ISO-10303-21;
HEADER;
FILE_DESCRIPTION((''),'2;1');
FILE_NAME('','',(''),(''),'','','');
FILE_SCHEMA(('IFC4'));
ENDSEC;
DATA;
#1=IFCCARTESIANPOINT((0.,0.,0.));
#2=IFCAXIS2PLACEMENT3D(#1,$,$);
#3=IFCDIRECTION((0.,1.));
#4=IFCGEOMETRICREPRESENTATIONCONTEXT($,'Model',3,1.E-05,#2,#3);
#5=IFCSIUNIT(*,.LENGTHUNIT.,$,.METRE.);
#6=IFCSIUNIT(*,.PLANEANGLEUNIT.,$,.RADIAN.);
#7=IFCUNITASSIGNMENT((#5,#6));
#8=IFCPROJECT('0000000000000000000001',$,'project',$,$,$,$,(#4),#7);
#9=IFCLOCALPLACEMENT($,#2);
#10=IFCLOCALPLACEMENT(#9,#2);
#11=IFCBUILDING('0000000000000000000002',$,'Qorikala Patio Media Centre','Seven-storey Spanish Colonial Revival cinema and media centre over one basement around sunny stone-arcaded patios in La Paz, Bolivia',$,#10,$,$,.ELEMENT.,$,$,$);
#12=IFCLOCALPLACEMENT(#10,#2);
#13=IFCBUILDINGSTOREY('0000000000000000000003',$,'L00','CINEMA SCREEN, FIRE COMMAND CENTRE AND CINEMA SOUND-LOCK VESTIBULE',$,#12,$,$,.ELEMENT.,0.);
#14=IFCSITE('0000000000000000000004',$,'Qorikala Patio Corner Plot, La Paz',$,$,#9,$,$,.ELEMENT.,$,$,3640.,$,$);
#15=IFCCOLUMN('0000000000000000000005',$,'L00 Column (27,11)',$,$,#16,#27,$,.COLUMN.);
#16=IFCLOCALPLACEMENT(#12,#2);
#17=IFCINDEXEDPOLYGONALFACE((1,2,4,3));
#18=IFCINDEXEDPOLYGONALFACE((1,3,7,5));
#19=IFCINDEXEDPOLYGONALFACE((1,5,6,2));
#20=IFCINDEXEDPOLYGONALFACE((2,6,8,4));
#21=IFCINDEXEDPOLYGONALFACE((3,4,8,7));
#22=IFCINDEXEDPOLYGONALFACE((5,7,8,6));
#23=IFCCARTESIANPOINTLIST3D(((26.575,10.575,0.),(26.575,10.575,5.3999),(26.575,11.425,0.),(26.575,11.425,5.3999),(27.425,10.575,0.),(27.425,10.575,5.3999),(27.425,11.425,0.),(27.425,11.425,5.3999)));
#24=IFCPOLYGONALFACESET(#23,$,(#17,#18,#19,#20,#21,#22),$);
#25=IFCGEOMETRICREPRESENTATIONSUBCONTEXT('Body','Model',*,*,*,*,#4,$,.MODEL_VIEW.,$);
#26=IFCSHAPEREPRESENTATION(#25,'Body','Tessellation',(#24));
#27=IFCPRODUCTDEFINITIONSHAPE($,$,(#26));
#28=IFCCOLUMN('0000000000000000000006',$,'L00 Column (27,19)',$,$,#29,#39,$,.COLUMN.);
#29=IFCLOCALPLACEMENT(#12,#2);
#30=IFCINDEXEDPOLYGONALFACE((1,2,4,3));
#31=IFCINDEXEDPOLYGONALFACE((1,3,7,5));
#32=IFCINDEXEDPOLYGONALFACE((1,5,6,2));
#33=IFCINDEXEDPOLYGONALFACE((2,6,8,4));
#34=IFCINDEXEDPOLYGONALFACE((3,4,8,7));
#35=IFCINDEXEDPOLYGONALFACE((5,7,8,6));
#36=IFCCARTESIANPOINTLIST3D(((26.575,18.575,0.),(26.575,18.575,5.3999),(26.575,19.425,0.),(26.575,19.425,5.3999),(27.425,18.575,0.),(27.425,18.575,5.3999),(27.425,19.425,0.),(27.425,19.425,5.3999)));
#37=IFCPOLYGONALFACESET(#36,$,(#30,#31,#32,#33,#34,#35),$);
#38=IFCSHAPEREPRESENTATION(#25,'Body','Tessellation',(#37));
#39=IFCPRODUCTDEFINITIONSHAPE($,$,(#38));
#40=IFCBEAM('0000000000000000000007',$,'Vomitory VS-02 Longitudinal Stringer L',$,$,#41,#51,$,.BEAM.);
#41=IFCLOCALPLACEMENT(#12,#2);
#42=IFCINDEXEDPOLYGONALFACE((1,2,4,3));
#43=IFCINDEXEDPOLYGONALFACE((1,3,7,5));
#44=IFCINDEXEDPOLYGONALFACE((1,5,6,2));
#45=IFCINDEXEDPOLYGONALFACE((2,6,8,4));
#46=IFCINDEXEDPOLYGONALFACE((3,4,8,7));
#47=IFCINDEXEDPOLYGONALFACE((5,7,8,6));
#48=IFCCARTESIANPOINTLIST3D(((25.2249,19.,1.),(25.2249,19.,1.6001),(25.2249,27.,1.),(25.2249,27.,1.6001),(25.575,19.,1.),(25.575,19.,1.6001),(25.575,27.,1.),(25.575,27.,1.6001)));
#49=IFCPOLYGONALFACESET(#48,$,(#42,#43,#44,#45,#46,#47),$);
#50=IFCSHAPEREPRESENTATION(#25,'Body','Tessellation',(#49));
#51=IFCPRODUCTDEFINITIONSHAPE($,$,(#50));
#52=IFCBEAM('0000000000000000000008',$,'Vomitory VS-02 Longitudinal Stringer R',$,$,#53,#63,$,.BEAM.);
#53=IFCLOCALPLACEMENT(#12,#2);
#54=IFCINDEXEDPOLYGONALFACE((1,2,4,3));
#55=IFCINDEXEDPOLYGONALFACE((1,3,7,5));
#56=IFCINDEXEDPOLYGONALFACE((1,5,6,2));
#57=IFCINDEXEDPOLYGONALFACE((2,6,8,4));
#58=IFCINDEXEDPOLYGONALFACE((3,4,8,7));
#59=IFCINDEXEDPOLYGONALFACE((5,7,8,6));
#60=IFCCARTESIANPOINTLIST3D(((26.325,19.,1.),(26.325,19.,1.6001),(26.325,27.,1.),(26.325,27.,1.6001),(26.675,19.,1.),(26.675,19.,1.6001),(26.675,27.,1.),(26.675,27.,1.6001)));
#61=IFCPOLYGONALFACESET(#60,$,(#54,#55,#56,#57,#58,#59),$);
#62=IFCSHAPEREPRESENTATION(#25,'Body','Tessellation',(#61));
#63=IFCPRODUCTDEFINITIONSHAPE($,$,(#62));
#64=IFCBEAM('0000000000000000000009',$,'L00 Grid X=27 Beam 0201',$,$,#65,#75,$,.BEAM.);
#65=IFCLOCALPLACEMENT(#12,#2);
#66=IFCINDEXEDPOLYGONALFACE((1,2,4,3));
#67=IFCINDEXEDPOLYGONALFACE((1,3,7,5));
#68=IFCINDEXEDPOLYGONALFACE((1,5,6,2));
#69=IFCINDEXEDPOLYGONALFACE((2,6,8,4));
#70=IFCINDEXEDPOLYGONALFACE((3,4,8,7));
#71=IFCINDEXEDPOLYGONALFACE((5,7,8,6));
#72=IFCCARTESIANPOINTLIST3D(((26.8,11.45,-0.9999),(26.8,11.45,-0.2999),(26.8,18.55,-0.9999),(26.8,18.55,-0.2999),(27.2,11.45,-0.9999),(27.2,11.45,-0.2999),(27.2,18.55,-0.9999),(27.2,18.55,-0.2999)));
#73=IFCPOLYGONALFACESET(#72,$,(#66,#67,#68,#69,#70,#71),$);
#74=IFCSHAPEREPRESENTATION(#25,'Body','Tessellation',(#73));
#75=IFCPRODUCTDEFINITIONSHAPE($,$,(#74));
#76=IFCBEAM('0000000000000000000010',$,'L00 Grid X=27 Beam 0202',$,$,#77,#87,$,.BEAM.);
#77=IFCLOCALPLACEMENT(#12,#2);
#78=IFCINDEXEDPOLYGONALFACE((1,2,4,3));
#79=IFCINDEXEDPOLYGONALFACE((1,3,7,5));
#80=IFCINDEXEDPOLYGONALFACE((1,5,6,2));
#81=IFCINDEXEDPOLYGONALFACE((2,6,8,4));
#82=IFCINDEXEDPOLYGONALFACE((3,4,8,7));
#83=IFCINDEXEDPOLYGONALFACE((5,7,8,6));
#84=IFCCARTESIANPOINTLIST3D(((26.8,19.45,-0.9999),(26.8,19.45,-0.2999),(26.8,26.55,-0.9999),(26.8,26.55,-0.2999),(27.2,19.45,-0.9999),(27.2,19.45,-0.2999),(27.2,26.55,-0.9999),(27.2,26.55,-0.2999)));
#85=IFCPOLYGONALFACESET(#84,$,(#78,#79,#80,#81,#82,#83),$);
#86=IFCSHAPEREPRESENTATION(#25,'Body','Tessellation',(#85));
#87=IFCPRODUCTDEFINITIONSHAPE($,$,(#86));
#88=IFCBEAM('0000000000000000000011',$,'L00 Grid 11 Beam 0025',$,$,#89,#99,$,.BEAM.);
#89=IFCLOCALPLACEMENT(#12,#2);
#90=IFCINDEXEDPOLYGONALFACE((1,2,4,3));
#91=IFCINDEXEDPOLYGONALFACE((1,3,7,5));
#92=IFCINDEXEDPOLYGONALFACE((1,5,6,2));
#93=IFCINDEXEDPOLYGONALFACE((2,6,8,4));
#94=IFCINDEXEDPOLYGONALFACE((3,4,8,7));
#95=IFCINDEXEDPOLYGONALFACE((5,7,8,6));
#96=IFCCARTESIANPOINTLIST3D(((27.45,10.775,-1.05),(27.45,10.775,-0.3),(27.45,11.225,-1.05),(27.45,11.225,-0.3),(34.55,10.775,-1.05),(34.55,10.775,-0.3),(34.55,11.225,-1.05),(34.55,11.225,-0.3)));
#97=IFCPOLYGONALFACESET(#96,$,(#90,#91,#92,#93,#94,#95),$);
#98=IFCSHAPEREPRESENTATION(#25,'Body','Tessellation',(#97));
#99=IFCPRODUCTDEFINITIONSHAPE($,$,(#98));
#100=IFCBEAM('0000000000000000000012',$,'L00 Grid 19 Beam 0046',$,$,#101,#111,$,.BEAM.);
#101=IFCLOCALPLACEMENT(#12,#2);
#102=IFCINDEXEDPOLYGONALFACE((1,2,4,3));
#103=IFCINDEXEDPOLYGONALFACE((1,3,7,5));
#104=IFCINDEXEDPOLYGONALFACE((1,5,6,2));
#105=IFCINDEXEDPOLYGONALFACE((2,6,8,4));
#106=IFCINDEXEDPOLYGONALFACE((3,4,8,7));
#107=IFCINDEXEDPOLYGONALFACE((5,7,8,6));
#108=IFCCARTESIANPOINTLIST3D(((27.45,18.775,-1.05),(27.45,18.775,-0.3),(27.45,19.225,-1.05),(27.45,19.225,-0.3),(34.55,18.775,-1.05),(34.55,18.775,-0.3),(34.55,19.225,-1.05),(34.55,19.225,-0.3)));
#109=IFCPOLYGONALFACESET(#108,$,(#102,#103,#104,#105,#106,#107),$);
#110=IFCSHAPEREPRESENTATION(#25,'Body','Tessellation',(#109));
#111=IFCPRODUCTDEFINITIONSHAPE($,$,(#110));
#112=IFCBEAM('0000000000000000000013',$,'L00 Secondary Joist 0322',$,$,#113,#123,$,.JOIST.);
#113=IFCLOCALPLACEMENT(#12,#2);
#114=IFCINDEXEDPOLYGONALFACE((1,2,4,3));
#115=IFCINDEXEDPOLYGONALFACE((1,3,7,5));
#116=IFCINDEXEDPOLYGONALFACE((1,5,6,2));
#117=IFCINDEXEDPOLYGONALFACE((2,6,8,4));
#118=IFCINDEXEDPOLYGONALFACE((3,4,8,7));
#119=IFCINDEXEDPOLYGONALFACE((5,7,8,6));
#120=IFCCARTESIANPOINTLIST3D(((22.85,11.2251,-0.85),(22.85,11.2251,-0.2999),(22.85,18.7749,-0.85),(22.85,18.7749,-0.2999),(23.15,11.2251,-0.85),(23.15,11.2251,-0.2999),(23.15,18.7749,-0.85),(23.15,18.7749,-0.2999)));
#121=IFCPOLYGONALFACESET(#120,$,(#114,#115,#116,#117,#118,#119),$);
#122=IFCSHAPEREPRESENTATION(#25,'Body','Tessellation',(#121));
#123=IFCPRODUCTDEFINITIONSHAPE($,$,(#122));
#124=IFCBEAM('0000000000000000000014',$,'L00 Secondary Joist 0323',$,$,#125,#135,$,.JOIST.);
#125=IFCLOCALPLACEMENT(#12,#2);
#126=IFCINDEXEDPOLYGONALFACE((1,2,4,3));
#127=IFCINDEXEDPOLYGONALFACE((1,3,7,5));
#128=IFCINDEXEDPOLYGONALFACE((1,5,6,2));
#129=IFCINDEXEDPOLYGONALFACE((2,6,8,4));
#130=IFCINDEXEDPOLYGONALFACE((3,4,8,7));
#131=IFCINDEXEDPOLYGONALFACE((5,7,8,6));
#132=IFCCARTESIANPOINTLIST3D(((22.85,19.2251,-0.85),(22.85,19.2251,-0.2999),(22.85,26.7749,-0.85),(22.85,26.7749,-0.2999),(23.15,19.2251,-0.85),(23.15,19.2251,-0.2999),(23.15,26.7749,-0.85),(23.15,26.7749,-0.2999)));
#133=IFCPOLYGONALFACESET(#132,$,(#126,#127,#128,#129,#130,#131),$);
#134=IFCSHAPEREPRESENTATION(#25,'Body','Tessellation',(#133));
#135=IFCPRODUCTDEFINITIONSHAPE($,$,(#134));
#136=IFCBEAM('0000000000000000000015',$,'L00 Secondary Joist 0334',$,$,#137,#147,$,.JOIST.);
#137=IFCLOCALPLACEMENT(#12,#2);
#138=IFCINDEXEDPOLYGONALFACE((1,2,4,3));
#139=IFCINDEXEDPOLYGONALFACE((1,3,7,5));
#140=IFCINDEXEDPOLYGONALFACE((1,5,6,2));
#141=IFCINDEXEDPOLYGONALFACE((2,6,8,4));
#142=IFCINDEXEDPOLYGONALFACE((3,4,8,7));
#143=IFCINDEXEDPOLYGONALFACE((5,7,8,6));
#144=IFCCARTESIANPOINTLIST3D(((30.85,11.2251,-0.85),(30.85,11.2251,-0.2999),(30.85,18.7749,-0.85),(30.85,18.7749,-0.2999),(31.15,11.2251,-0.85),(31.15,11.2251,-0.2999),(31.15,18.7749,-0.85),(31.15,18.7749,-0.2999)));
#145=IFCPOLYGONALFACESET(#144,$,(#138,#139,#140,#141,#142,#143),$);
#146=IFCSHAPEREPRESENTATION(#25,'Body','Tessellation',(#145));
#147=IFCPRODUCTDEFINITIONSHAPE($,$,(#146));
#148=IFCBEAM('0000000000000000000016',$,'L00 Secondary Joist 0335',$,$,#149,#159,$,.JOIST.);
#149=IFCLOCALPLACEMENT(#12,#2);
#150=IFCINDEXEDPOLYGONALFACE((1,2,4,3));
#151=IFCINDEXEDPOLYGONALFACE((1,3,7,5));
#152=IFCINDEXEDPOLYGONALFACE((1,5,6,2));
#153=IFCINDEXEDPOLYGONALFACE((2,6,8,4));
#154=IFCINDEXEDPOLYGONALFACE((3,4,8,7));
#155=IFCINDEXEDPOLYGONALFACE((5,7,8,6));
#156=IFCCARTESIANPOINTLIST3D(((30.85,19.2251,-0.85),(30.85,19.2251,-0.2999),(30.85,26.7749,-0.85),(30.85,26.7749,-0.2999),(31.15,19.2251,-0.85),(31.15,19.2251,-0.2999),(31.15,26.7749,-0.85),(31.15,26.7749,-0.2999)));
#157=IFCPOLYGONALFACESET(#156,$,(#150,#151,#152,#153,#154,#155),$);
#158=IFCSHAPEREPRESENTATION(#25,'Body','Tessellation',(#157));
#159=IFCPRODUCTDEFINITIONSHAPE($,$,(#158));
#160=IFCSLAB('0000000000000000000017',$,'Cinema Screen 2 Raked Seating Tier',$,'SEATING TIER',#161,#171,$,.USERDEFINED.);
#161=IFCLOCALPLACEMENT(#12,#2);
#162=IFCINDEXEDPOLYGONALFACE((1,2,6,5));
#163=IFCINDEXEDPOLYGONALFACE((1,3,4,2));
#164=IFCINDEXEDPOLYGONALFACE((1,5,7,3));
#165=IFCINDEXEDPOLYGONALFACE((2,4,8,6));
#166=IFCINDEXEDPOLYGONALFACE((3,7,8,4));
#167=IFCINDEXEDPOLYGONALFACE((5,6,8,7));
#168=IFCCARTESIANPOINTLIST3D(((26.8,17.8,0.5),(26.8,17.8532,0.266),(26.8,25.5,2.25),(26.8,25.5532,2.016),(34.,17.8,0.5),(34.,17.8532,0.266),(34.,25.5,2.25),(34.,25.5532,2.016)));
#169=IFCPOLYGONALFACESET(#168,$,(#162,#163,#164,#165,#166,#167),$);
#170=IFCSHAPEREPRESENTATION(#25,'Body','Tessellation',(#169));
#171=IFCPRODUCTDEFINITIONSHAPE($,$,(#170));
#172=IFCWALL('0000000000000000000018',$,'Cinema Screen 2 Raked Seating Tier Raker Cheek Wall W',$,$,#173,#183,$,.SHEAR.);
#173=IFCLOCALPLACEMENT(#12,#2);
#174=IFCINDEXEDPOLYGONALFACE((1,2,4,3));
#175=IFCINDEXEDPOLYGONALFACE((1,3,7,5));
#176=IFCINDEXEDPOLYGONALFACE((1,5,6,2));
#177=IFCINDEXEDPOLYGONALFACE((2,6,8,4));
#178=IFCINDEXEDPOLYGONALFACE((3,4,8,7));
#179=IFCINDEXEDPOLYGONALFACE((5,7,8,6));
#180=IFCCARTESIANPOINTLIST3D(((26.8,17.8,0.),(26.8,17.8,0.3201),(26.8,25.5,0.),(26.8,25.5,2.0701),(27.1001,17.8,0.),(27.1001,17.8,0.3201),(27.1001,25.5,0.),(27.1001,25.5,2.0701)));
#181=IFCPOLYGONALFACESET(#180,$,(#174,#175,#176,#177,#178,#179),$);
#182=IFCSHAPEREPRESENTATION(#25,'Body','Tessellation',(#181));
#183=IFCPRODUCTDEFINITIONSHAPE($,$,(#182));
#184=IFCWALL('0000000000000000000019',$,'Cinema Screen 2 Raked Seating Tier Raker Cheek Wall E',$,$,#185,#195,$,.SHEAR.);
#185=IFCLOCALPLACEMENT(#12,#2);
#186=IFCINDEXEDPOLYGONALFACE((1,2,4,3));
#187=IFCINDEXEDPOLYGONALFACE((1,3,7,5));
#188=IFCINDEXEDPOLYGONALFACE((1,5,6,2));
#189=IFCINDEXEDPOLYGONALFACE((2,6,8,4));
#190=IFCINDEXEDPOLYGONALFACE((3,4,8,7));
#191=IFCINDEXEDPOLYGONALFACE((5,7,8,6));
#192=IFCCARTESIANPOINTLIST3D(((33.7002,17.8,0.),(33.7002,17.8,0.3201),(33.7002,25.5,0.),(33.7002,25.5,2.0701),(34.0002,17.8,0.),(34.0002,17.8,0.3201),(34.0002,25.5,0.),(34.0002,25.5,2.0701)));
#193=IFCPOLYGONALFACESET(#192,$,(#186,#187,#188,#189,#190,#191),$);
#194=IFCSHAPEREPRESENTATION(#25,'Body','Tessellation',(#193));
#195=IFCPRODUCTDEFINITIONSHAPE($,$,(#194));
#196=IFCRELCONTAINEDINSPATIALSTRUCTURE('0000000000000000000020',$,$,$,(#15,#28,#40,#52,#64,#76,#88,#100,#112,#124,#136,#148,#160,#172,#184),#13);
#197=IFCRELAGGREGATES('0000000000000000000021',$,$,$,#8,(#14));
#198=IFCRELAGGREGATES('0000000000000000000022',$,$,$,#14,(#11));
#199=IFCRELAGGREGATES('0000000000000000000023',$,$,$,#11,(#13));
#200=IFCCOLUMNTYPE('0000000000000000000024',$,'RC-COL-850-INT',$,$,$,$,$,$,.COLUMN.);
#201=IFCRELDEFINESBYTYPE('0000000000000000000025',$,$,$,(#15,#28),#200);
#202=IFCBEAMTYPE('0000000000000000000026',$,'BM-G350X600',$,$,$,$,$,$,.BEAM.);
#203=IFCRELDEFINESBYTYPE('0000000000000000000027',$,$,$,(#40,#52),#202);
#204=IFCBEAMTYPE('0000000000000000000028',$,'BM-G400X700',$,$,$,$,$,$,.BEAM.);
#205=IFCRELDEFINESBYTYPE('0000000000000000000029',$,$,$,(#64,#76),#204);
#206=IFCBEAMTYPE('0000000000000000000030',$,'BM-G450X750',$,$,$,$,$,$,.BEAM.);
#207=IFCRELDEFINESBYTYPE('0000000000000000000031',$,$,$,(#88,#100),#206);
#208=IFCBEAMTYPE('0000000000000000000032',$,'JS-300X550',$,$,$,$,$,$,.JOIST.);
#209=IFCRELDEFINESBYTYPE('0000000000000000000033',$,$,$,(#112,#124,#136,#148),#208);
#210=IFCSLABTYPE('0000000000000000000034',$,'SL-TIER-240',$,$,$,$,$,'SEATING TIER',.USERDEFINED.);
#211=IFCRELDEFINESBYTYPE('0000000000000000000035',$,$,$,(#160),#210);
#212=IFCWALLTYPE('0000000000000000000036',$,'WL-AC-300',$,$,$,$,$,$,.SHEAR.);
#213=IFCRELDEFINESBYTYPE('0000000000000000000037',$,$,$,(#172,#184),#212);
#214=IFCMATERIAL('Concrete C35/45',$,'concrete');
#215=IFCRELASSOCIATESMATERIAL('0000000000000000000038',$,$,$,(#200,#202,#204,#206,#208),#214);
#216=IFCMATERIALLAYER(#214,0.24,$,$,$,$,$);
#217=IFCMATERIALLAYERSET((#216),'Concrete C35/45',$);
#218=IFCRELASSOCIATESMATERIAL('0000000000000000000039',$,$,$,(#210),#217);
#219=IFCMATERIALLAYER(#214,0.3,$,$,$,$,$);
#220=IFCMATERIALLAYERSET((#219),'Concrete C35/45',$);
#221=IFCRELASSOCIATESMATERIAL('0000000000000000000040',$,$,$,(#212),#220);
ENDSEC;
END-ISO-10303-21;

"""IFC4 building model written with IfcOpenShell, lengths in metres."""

from ifc_helpers import new_model, si_unit, direction, frame, origin, origin_2d, place, context, subcontext, project, spatial, polyline, rectangle, outline, extrude, material, layer, layer_set, material_profile, profile_set, type_object, element, save


model = new_model("IFC4")

# Units and contexts
model_context = context("Model", 3, precision=1e-05, world=origin(), true_north=direction((0.0, 1.0)))
body_context = subcontext(model_context, "Body", "Model", "MODEL_VIEW")
ifc_project = project(units=[si_unit("LENGTHUNIT", "METRE"), si_unit("PLANEANGLEUNIT", "RADIAN")], contexts=[model_context])

# Site, building, storey
site_placement = place(None, origin())
site = spatial("IfcSite", under=ifc_project, at=site_placement, Name="Qorikala Patio Corner Plot, La Paz", CompositionType="ELEMENT", RefElevation=3640.0)
building_placement = place(site_placement, origin())
building = spatial("IfcBuilding", under=site, at=building_placement, Name="Qorikala Patio Media Centre", Description="Seven-storey Spanish Colonial Revival cinema and media centre over one basement around sunny stone-arcaded patios in La Paz, Bolivia", CompositionType="ELEMENT")
storey_placement = place(building_placement, origin())
storey = spatial("IfcBuildingStorey", under=building, at=storey_placement, Name="L00", Description="CINEMA SCREEN, FIRE COMMAND CENTRE AND CINEMA SOUND-LOCK VESTIBULE", CompositionType="ELEMENT", Elevation=0.0)

# Columns
ifc_material_1 = material(Name="Concrete C35/45", Category="concrete")
ifc_material_profile_1 = material_profile(ifc_material_1, rectangle(XDim=0.8501, YDim=0.8501, at=origin_2d()), Name="RC 850x850")
ifc_profile_set_1 = profile_set([ifc_material_profile_1], Name="Concrete C35/45")
column_type = type_object("IfcColumnType", Name="RC-COL-850-INT", PredefinedType="COLUMN", material=ifc_profile_set_1)
for number, where, z_axis, x_axis, name in (
    (1, (27.0, 11.0, 0.0), (0.0, 0.0, 1.0), (1.0, 0.0, 0.0), "L00 Column (27,11)"),
    (2, (27.0, 19.0, 0.0), (0.0, 0.0, 1.0), (1.0, 0.0, 0.0), "L00 Column (27,19)"),
):
    element("IfcColumn", number, at=place(storey_placement, frame(where, z_axis=z_axis, x_axis=x_axis)), inside=storey, type_object=column_type, Name=name, PredefinedType="COLUMN", context=body_context, shape_type="SweptSolid", body=[
        extrude(rectangle(XDim=0.8501, YDim=0.8501, at=origin_2d()), origin(), (0.0, 0.0, 1.0), 5.3999),
    ])

# Beams
ifc_material_profile_2 = material_profile(ifc_material_1, rectangle(XDim=0.3501, YDim=0.6001, at=origin_2d()), Name="RC 350x600")
ifc_profile_set_2 = profile_set([ifc_material_profile_2], Name="Concrete C35/45")
beam_type_1 = type_object("IfcBeamType", Name="BM-G350X600", PredefinedType="BEAM", material=ifc_profile_set_2)
for number, where, z_axis, x_axis, name in (
    (3, (25.3999, 19.0, 1.3), (0.0, 1.0, 0.0), (-1.0, 0.0, 0.0), "Vomitory VS-02 Longitudinal Stringer L"),
    (4, (26.5, 19.0, 1.3), (0.0, 1.0, 0.0), (-1.0, 0.0, 0.0), "Vomitory VS-02 Longitudinal Stringer R"),
):
    element("IfcBeam", number, at=place(storey_placement, frame(where, z_axis=z_axis, x_axis=x_axis)), inside=storey, type_object=beam_type_1, Name=name, PredefinedType="BEAM", context=body_context, shape_type="SweptSolid", body=[
        extrude(rectangle(XDim=0.3501, YDim=0.6001, at=origin_2d()), origin(), (0.0, 0.0, 1.0), 8.0),
    ])
ifc_material_profile_3 = material_profile(ifc_material_1, rectangle(XDim=0.3999, YDim=0.7, at=origin_2d()), Name="RC 400x700")
ifc_profile_set_3 = profile_set([ifc_material_profile_3], Name="Concrete C35/45")
beam_type_2 = type_object("IfcBeamType", Name="BM-G400X700", PredefinedType="BEAM", material=ifc_profile_set_3)
for number, where, z_axis, x_axis, name in (
    (5, (27.0, 11.45, -0.6499), (0.0, 1.0, 0.0), (-1.0, 0.0, 0.0), "L00 Grid X=27 Beam 0201"),
    (6, (27.0, 19.45, -0.6499), (0.0, 1.0, 0.0), (-1.0, 0.0, 0.0), "L00 Grid X=27 Beam 0202"),
):
    element("IfcBeam", number, at=place(storey_placement, frame(where, z_axis=z_axis, x_axis=x_axis)), inside=storey, type_object=beam_type_2, Name=name, PredefinedType="BEAM", context=body_context, shape_type="SweptSolid", body=[
        extrude(rectangle(XDim=0.3999, YDim=0.7, at=origin_2d()), origin(), (0.0, 0.0, 1.0), 7.1001),
    ])
ifc_material_profile_4 = material_profile(ifc_material_1, rectangle(XDim=0.45, YDim=0.75, at=origin_2d()), Name="RC 450x750")
ifc_profile_set_4 = profile_set([ifc_material_profile_4], Name="Concrete C35/45")
beam_type_3 = type_object("IfcBeamType", Name="BM-G450X750", PredefinedType="BEAM", material=ifc_profile_set_4)
for number, where, z_axis, x_axis, name in (
    (7, (27.45, 11.0, -0.675), (1.0, 0.0, 0.0), (0.0, 1.0, 0.0), "L00 Grid 11 Beam 0025"),
    (8, (27.45, 19.0, -0.675), (1.0, 0.0, 0.0), (0.0, 1.0, 0.0), "L00 Grid 19 Beam 0046"),
):
    element("IfcBeam", number, at=place(storey_placement, frame(where, z_axis=z_axis, x_axis=x_axis)), inside=storey, type_object=beam_type_3, Name=name, PredefinedType="BEAM", context=body_context, shape_type="SweptSolid", body=[
        extrude(rectangle(XDim=0.45, YDim=0.75, at=origin_2d()), origin(), (0.0, 0.0, 1.0), 7.1001),
    ])
ifc_material_profile_5 = material_profile(ifc_material_1, rectangle(XDim=0.3, YDim=0.55, at=origin_2d()), Name="RC 300x550")
ifc_profile_set_5 = profile_set([ifc_material_profile_5], Name="Concrete C35/45")
beam_type_4 = type_object("IfcBeamType", Name="JS-300X550", PredefinedType="JOIST", material=ifc_profile_set_5)
for number, where, z_axis, x_axis, name in (
    (9, (23.0, 11.2251, -0.575), (0.0, 1.0, 0.0), (-1.0, 0.0, 0.0), "L00 Secondary Joist 0322"),
    (10, (23.0, 19.2251, -0.575), (0.0, 1.0, 0.0), (-1.0, 0.0, 0.0), "L00 Secondary Joist 0323"),
    (11, (31.0, 11.2251, -0.575), (0.0, 1.0, 0.0), (-1.0, 0.0, 0.0), "L00 Secondary Joist 0334"),
    (12, (31.0, 19.2251, -0.575), (0.0, 1.0, 0.0), (-1.0, 0.0, 0.0), "L00 Secondary Joist 0335"),
):
    element("IfcBeam", number, at=place(storey_placement, frame(where, z_axis=z_axis, x_axis=x_axis)), inside=storey, type_object=beam_type_4, Name=name, PredefinedType="JOIST", context=body_context, shape_type="SweptSolid", body=[
        extrude(rectangle(XDim=0.3, YDim=0.55, at=origin_2d()), origin(), (0.0, 0.0, 1.0), 7.5498),
    ])

# Slab
ifc_layer_1 = layer(ifc_material_1, 0.24)
ifc_layer_set_1 = layer_set([ifc_layer_1], Name="Concrete C35/45")
slab_type = type_object("IfcSlabType", Name="SL-TIER-240", ElementType="SEATING TIER", PredefinedType="USERDEFINED", material=ifc_layer_set_1)
slab_placement = place(storey_placement, frame((26.8, 17.8, 0.5), z_axis=(0.0, -0.221622, 0.975133), x_axis=(1.0, 0.0, 0.0)))
element("IfcSlab", 13, at=slab_placement, inside=storey, type_object=slab_type, Name="Cinema Screen 2 Raked Seating Tier", ObjectType="SEATING TIER", PredefinedType="USERDEFINED", context=body_context, shape_type="SweptSolid", body=[
    extrude(outline(polyline([(0.0, 0.0), (7.2, 0.0), (7.2, 7.8963), (0.0, 7.8963), (0.0, 0.0)])), origin(), (0.0, 0.0, -1.0), 0.24),
])

# Walls
ifc_layer_2 = layer(ifc_material_1, 0.3)
ifc_layer_set_2 = layer_set([ifc_layer_2], Name="Concrete C35/45")
wall_type_1 = type_object("IfcWallType", Name="WL-AC-300", PredefinedType="SHEAR", material=ifc_layer_set_2)
for number, where, z_axis, x_axis, name in (
    (14, (26.95, 17.8, 0.0), (0.0, 0.0, 1.0), (0.0, 1.0, 0.0), "Cinema Screen 2 Raked Seating Tier Raker Cheek Wall W"),
    (15, (33.8501, 17.8, 0.0), (0.0, 0.0, 1.0), (0.0, 1.0, 0.0), "Cinema Screen 2 Raked Seating Tier Raker Cheek Wall E"),
):
    element("IfcWall", number, at=place(storey_placement, frame(where, z_axis=z_axis, x_axis=x_axis)), inside=storey, type_object=wall_type_1, Name=name, PredefinedType="SHEAR", context=body_context, shape_type="SweptSolid", body=[
        extrude(outline(polyline([(0.0, 0.0), (7.7, 0.0), (7.7, 2.0701), (0.0, 0.3201), (0.0, 0.0)])), frame((0.0, 0.1499, 0.0), z_axis=(0.0, -1.0, 0.0), x_axis=(1.0, 0.0, 0.0)), (0.0, 0.0, 1.0), 0.3),
    ])

save(model, "model.ifc")
